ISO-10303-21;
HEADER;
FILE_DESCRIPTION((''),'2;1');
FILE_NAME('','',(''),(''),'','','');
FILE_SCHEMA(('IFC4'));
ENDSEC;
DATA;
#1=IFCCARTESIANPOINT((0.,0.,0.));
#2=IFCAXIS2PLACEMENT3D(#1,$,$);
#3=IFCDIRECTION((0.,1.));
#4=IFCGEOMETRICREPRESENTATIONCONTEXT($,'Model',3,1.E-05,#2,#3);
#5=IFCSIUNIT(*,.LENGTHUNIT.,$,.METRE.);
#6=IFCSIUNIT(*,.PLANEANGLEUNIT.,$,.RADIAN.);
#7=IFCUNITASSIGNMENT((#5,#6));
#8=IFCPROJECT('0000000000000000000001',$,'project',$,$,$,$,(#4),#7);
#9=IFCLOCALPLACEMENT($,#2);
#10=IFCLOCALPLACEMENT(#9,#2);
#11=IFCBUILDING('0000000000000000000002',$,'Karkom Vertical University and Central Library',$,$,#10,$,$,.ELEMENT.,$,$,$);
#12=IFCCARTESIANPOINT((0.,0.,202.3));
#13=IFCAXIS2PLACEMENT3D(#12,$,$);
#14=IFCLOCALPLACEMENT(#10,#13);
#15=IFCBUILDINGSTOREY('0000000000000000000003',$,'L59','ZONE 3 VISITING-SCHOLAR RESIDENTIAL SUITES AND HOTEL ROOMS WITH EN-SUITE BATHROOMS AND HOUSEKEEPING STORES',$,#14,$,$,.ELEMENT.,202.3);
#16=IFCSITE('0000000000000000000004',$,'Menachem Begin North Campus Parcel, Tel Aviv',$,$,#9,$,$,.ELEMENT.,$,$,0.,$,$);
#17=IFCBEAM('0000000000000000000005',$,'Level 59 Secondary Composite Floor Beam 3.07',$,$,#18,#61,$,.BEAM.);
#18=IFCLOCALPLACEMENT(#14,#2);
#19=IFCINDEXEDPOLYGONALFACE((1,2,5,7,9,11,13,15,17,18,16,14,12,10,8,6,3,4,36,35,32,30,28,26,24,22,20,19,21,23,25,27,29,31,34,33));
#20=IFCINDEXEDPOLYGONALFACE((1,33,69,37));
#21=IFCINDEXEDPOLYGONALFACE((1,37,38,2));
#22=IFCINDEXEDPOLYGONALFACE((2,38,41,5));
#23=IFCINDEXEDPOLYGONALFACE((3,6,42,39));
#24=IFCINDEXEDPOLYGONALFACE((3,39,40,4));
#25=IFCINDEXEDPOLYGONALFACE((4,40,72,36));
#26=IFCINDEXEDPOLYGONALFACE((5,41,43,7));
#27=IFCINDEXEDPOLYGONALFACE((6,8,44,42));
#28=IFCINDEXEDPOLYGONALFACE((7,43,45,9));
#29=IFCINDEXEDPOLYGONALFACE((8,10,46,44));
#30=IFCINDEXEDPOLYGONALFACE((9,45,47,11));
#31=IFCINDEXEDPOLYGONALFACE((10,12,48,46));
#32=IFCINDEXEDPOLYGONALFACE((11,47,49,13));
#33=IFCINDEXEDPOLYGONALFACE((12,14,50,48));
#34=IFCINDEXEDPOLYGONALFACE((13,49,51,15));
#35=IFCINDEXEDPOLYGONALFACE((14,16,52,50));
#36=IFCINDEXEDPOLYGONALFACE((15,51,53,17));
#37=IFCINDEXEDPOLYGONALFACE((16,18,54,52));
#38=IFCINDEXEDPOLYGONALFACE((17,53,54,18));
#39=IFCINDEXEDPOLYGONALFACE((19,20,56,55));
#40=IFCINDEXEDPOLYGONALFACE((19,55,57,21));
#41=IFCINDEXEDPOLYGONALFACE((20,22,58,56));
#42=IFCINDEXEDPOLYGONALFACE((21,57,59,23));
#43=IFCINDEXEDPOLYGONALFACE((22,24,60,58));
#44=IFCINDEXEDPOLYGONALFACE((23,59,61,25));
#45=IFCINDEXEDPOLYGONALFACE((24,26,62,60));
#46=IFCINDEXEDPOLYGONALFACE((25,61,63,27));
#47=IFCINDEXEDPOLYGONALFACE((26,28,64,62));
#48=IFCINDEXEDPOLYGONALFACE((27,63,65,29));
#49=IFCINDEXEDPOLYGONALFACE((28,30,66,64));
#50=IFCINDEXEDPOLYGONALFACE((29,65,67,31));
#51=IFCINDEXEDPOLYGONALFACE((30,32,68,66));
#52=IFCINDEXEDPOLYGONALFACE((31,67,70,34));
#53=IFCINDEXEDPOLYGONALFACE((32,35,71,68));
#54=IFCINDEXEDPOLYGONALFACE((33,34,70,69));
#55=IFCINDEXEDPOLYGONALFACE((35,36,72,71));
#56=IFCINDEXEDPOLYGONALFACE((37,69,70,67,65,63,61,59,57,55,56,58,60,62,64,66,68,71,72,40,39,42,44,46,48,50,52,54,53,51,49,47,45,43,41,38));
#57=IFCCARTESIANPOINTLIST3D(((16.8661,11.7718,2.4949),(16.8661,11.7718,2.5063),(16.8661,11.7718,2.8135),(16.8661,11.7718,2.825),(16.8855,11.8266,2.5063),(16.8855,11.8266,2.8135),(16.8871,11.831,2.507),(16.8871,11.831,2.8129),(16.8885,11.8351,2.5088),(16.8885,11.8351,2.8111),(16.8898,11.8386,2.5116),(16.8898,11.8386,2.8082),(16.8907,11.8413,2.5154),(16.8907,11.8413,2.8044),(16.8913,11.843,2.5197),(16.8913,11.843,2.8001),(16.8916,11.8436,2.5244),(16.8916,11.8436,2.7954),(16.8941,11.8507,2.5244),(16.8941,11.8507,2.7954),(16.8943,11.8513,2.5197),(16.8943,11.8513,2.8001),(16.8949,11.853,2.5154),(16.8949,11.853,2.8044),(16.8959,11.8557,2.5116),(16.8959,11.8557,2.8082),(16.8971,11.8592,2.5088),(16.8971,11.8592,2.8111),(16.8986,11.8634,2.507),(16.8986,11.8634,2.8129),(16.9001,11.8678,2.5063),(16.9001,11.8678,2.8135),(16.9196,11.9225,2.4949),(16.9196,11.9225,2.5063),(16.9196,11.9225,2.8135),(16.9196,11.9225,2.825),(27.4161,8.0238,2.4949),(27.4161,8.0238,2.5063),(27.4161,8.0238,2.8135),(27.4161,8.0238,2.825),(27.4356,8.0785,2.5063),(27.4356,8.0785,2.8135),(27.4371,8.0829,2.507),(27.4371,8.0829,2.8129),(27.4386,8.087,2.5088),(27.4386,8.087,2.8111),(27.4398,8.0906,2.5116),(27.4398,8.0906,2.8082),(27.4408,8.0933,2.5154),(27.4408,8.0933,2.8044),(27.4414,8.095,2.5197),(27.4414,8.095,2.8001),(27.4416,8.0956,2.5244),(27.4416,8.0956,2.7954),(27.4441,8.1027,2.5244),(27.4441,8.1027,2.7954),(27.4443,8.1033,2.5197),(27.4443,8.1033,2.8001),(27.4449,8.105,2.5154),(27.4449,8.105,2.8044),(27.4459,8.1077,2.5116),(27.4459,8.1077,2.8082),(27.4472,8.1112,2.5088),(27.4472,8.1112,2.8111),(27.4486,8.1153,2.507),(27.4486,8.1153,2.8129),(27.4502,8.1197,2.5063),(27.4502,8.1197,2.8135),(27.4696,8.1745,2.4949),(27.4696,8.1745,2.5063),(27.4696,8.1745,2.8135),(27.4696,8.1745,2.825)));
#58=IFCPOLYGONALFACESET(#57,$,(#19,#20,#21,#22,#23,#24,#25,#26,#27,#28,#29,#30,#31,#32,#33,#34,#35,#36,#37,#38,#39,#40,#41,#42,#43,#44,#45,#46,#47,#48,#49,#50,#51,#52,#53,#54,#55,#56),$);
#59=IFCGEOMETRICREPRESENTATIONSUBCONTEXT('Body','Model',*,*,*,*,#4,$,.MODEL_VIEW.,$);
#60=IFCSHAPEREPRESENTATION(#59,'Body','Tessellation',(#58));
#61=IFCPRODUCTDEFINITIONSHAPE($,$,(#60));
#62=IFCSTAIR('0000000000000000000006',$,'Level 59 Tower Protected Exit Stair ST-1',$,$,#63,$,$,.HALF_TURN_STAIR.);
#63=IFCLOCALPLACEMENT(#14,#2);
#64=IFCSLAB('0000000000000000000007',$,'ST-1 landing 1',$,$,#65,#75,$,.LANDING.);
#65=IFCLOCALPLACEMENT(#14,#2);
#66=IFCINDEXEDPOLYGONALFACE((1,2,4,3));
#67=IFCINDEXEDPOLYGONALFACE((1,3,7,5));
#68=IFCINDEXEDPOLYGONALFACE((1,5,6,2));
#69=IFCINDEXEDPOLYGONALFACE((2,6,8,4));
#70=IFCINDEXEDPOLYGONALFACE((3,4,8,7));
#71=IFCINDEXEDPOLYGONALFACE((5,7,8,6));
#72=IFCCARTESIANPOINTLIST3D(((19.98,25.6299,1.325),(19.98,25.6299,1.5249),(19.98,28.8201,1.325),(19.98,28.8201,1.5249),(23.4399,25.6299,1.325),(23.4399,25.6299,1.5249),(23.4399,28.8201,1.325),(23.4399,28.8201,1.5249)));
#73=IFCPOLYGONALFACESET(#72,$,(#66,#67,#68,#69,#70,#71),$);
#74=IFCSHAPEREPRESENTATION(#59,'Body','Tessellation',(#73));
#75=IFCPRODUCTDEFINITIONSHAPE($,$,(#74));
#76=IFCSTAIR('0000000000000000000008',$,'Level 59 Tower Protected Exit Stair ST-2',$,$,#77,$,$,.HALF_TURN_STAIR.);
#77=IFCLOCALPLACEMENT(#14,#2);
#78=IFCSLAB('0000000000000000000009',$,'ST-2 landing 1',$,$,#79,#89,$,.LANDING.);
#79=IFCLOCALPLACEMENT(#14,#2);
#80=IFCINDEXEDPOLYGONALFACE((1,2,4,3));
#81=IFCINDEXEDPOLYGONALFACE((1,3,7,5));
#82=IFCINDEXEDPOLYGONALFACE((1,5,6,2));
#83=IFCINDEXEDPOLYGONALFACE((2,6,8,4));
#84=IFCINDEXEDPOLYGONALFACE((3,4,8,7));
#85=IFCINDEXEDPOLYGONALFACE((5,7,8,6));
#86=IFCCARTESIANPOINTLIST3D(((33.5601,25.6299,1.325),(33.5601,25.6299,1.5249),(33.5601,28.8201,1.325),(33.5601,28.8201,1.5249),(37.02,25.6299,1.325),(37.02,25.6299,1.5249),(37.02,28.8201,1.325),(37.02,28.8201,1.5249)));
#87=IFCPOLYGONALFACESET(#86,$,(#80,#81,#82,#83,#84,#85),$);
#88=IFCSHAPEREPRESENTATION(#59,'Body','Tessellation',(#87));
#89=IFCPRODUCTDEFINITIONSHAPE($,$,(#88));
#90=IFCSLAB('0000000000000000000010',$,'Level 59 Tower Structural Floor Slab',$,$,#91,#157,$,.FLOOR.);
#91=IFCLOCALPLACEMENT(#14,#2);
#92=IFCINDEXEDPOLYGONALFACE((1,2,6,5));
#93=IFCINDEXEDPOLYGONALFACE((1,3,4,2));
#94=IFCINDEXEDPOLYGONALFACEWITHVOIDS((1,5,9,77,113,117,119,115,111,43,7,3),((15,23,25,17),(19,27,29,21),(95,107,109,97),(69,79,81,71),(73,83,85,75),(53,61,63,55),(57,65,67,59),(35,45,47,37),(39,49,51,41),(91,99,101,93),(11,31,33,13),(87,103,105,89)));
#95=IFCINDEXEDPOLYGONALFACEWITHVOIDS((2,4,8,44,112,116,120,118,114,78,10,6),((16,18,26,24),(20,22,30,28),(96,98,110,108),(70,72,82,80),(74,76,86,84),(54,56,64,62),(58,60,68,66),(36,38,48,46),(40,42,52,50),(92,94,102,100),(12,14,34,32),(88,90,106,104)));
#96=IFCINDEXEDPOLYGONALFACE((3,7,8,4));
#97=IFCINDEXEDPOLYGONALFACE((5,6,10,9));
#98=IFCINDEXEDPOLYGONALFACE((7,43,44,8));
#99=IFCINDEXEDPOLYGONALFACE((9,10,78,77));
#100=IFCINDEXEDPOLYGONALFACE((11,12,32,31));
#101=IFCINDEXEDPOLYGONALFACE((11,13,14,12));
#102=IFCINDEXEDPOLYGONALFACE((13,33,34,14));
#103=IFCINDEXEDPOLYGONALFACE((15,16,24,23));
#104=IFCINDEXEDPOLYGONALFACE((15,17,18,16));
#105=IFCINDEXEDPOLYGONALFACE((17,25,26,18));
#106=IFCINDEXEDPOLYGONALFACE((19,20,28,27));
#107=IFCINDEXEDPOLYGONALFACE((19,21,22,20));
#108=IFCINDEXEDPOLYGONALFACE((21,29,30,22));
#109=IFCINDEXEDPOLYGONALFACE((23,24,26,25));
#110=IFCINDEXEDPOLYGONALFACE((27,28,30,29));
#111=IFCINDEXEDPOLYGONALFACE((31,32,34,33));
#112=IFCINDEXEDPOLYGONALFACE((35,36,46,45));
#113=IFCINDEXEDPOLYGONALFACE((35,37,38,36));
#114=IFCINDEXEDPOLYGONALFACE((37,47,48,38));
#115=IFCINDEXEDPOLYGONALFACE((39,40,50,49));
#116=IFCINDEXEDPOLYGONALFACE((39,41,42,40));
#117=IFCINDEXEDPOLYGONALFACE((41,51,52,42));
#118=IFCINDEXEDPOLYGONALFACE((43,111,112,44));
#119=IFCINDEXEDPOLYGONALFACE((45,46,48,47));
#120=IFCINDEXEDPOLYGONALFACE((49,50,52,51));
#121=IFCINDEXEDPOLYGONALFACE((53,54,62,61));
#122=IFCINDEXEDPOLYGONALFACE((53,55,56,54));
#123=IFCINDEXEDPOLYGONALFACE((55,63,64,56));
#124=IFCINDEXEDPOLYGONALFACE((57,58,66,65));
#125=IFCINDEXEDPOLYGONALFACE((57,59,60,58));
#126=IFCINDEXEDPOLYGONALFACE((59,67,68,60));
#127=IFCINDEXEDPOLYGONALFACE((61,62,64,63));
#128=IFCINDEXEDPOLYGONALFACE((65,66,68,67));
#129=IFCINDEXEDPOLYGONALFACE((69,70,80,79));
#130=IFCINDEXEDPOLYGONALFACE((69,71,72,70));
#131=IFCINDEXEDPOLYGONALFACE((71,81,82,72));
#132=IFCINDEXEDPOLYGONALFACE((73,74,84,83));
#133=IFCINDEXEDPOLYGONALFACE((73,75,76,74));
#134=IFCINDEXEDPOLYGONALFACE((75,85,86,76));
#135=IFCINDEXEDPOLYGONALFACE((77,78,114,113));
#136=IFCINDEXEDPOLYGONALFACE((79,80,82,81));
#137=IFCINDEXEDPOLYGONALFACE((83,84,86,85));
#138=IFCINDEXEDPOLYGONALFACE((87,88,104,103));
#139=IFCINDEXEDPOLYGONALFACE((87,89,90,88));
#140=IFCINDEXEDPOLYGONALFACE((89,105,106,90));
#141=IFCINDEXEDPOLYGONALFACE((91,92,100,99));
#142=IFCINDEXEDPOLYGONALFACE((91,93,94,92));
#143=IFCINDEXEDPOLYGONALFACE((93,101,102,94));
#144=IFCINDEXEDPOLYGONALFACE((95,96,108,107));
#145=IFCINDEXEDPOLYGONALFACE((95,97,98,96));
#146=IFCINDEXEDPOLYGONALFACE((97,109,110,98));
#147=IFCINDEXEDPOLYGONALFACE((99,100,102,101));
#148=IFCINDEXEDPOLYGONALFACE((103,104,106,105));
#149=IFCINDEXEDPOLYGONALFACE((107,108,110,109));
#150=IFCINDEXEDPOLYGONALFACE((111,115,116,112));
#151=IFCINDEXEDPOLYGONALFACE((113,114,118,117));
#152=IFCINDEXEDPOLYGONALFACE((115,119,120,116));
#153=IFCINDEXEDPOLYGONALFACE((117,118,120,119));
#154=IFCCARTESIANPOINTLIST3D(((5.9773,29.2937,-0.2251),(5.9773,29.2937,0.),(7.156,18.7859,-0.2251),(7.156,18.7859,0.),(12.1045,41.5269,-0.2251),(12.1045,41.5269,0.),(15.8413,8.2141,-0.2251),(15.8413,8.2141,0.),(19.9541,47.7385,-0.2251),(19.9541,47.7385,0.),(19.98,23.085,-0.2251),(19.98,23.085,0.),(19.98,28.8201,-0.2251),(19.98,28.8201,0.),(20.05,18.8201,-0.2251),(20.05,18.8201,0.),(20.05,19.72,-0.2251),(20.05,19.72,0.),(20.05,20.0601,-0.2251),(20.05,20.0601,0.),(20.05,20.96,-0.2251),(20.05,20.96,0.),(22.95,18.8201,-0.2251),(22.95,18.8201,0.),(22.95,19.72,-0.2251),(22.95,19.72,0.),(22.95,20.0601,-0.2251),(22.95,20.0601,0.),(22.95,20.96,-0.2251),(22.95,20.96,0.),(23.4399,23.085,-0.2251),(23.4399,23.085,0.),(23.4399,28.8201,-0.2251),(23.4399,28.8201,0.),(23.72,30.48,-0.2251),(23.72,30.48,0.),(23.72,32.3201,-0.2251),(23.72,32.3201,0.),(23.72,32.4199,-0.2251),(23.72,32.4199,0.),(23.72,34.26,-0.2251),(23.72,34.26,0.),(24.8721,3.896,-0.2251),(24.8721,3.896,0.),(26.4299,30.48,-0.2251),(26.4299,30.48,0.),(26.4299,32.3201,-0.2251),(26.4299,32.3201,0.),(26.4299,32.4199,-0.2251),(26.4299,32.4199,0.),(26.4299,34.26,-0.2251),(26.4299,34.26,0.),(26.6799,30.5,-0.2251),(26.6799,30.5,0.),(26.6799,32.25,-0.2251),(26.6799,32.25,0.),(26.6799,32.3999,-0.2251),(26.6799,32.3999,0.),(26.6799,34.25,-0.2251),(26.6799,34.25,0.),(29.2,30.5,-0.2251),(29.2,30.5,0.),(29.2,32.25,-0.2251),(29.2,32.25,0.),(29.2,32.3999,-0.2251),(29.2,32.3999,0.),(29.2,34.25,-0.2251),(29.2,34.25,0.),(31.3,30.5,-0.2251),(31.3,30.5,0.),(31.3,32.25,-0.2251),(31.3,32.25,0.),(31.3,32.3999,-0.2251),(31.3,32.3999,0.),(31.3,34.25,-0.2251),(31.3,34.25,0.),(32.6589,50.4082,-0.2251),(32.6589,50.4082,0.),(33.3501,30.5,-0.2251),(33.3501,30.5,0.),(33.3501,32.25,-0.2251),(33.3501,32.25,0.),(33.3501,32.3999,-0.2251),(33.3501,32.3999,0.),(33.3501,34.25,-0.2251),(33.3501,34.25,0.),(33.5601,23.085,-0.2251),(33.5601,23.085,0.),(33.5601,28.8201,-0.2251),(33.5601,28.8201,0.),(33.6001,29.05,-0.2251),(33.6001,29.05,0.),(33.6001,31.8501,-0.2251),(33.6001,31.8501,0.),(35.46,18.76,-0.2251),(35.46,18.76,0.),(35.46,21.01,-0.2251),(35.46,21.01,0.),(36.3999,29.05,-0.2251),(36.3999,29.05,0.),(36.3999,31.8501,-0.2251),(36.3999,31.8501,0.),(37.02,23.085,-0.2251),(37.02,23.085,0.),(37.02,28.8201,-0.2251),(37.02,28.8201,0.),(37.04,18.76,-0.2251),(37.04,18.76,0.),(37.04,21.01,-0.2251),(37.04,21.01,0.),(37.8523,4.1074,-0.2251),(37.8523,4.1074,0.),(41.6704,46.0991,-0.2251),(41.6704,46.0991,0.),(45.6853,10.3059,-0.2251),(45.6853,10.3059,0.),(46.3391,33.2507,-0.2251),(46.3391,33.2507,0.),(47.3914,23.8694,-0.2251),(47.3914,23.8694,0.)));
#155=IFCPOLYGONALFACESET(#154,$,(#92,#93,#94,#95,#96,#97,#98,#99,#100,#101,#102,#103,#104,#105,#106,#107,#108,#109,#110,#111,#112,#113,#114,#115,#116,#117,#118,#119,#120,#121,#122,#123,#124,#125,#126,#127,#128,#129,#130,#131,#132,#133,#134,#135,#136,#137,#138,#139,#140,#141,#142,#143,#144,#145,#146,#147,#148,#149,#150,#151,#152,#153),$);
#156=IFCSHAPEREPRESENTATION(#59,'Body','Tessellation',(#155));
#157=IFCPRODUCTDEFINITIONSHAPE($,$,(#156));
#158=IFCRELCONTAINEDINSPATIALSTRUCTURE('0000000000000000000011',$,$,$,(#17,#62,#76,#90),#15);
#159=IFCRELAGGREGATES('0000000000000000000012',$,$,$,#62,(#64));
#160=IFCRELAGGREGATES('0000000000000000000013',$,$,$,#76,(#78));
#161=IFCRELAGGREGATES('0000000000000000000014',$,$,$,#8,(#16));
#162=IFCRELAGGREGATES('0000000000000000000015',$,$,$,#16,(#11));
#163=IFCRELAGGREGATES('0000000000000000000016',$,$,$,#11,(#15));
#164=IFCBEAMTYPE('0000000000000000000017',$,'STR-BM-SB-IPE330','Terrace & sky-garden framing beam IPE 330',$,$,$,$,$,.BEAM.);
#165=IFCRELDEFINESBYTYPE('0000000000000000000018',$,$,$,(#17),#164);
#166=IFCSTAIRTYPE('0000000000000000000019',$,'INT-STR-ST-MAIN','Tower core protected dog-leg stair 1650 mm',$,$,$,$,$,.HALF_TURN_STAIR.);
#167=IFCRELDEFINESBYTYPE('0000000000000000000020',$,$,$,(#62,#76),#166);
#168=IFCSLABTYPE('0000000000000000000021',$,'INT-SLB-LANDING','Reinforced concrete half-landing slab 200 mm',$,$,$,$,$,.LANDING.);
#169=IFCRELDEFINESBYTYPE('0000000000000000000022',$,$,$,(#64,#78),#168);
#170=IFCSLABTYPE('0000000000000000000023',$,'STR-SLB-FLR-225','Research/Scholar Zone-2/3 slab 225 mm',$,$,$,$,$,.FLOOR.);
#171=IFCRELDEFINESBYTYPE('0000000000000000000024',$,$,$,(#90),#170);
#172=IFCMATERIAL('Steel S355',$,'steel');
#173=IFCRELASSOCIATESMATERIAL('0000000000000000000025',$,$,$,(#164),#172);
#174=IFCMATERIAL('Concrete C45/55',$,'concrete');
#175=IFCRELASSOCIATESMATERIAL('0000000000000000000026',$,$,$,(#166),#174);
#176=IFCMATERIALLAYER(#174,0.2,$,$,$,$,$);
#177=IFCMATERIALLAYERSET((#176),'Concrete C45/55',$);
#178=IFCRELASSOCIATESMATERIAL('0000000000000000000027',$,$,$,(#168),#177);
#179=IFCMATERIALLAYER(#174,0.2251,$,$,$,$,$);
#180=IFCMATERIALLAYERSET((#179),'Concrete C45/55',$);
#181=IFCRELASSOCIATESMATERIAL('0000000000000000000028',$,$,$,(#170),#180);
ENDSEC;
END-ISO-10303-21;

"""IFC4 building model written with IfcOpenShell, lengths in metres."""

from ifc_helpers import new_model, si_unit, direction, frame, origin, origin_with_axes, origin_2d, place, context, subcontext, project, spatial, polyline, i_section, outline, extrude, source, transform, mapped, material, layer, layer_set, material_profile, profile_set, type_object, element, aggregate, save


model = new_model("IFC4")

# Units and contexts
model_context = context("Model", 3, precision=1e-05, world=origin(), true_north=direction((0.0, 1.0)))
body_context = subcontext(model_context, "Body", "Model", "MODEL_VIEW")
ifc_project = project(units=[si_unit("LENGTHUNIT", "METRE"), si_unit("PLANEANGLEUNIT", "RADIAN")], contexts=[model_context])

# Site, building, storey
site_placement = place(None, origin())
site = spatial("IfcSite", under=ifc_project, at=site_placement, Name="Menachem Begin North Campus Parcel, Tel Aviv", CompositionType="ELEMENT", RefElevation=0.0)
building_placement = place(site_placement, origin())
building = spatial("IfcBuilding", under=site, at=building_placement, Name="Karkom Vertical University and Central Library", CompositionType="ELEMENT")
storey_placement = place(building_placement, frame((0.0, 0.0, 202.3)))
storey = spatial("IfcBuildingStorey", under=building, at=storey_placement, Name="L59", Description="ZONE 3 VISITING-SCHOLAR RESIDENTIAL SUITES AND HOTEL ROOMS WITH EN-SUITE BATHROOMS AND HOUSEKEEPING STORES", CompositionType="ELEMENT", Elevation=202.3)

# Beam
ifc_material_1 = material(Name="Steel S355", Category="steel")
ifc_material_profile_1 = material_profile(ifc_material_1, i_section(OverallWidth=0.1599, OverallDepth=0.3301, WebThickness=0.0076, FlangeThickness=0.0115, FilletRadius=0.0181, at=origin_2d()), Name="IPE 330")
ifc_profile_set_1 = profile_set([ifc_material_profile_1], Name="Steel S355")
beam_type_1 = type_object("IfcBeamType", Name="STR-BM-SB-IPE330", Description="Terrace & sky-garden framing beam IPE 330", PredefinedType="BEAM", material=ifc_profile_set_1)
shared_shape_1 = source(origin_with_axes(), body_context, "Body", "SweptSolid", [
    extrude(i_section(OverallWidth=0.1599, OverallDepth=0.3301, WebThickness=0.0076, FlangeThickness=0.0115, FilletRadius=0.0181, at=origin_2d()), origin(), (0.0, 0.0, 1.0), 11.196),
])
beam_1_placement = place(storey_placement, frame((16.8928, 11.8472, 2.6599), z_axis=(0.942302, -0.334765, 0.0), x_axis=(0.334765, 0.942302, 0.0)))
element("IfcBeam", 1, at=beam_1_placement, inside=storey, type_object=beam_type_1, Name="Level 59 Secondary Composite Floor Beam 3.07", PredefinedType="BEAM", context=body_context, shape_type="MappedRepresentation", body=[
    mapped(shared_shape_1, transform((0.0, 0.0, 0.0), scale=1.0)),
])

# Stairs, slabs
ifc_material_2 = material(Name="Concrete C45/55", Category="concrete")
stair_type = type_object("IfcStairType", Name="INT-STR-ST-MAIN", Description="Tower core protected dog-leg stair 1650 mm", PredefinedType="HALF_TURN_STAIR", material=ifc_material_2)
stair_1_placement = place(storey_placement, origin())
stair_1 = element("IfcStair", 2, at=stair_1_placement, inside=storey, type_object=stair_type, Name="Level 59 Tower Protected Exit Stair ST-1", PredefinedType="HALF_TURN_STAIR")
ifc_layer_1 = layer(ifc_material_2, 0.2)
ifc_layer_set_1 = layer_set([ifc_layer_1], Name="Concrete C45/55")
slab_type_1 = type_object("IfcSlabType", Name="INT-SLB-LANDING", Description="Reinforced concrete half-landing slab 200 mm", PredefinedType="LANDING", material=ifc_layer_set_1)
slab_1_placement = place(storey_placement, frame((0.0, 0.0, 1.325)))
slab_1 = element("IfcSlab", 3, at=slab_1_placement, type_object=slab_type_1, Name="ST-1 landing 1", PredefinedType="LANDING", context=body_context, shape_type="SweptSolid", body=[
    extrude(outline(polyline([(23.4399, 25.6299), (23.4399, 28.8201), (19.98, 28.8201), (19.98, 25.6299), (23.4399, 25.6299)])), origin(), (0.0, 0.0, 1.0), 0.2),
])
aggregate(stair_1, [slab_1])
stair_2_placement = place(storey_placement, origin())
stair_2 = element("IfcStair", 4, at=stair_2_placement, inside=storey, type_object=stair_type, Name="Level 59 Tower Protected Exit Stair ST-2", PredefinedType="HALF_TURN_STAIR")
slab_2_placement = place(storey_placement, frame((0.0, 0.0, 1.325)))
slab_2 = element("IfcSlab", 5, at=slab_2_placement, type_object=slab_type_1, Name="ST-2 landing 1", PredefinedType="LANDING", context=body_context, shape_type="SweptSolid", body=[
    extrude(outline(polyline([(37.02, 25.6299), (37.02, 28.8201), (33.5601, 28.8201), (33.5601, 25.6299), (37.02, 25.6299)])), origin(), (0.0, 0.0, 1.0), 0.2),
])
aggregate(stair_2, [slab_2])

# Slab
ifc_layer_2 = layer(ifc_material_2, 0.2251)
ifc_layer_set_2 = layer_set([ifc_layer_2], Name="Concrete C45/55")
slab_type_2 = type_object("IfcSlabType", Name="STR-SLB-FLR-225", Description="Research/Scholar Zone-2/3 slab 225 mm", PredefinedType="FLOOR", material=ifc_layer_set_2)
slab_3_placement = place(storey_placement, frame((0.0, 0.0, -0.2251)))
element("IfcSlab", 6, at=slab_3_placement, inside=storey, type_object=slab_type_2, Name="Level 59 Tower Structural Floor Slab", PredefinedType="FLOOR", context=body_context, shape_type="SweptSolid", body=[
    extrude(outline(polyline([(5.9773, 29.2937), (7.156, 18.7859), (15.8413, 8.2141), (24.8721, 3.896), (37.8523, 4.1074), (45.6853, 10.3059), (47.3914, 23.8694), (46.3391, 33.2507), (41.6704, 46.0991), (32.6589, 50.4082), (19.9541, 47.7385), (12.1045, 41.5269), (5.9773, 29.2937)]), holes=[polyline([(19.98, 23.085), (23.4399, 23.085), (23.4399, 28.8201), (19.98, 28.8201), (19.98, 23.085)]), polyline([(33.5601, 23.085), (37.02, 23.085), (37.02, 28.8201), (33.5601, 28.8201), (33.5601, 23.085)]), polyline([(26.6799, 30.5), (29.2, 30.5), (29.2, 32.25), (26.6799, 32.25), (26.6799, 30.5)]), polyline([(26.6799, 32.3999), (29.2, 32.3999), (29.2, 34.25), (26.6799, 34.25), (26.6799, 32.3999)]), polyline([(31.3, 30.5), (33.3501, 30.5), (33.3501, 32.25), (31.3, 32.25), (31.3, 30.5)]), polyline([(31.3, 32.3999), (33.3501, 32.3999), (33.3501, 34.25), (31.3, 34.25), (31.3, 32.3999)]), polyline([(23.72, 30.48), (26.4299, 30.48), (26.4299, 32.3201), (23.72, 32.3201), (23.72, 30.48)]), polyline([(23.72, 32.4199), (26.4299, 32.4199), (26.4299, 34.26), (23.72, 34.26), (23.72, 32.4199)]), polyline([(33.6001, 29.05), (36.3999, 29.05), (36.3999, 31.8501), (33.6001, 31.8501), (33.6001, 29.05)]), polyline([(20.05, 18.8201), (22.95, 18.8201), (22.95, 19.72), (20.05, 19.72), (20.05, 18.8201)]), polyline([(20.05, 20.0601), (22.95, 20.0601), (22.95, 20.96), (20.05, 20.96), (20.05, 20.0601)]), polyline([(35.46, 18.76), (37.04, 18.76), (37.04, 21.01), (35.46, 21.01), (35.46, 18.76)])]), origin(), (0.0, 0.0, 1.0), 0.2251),
])

save(model, "model.ifc")
